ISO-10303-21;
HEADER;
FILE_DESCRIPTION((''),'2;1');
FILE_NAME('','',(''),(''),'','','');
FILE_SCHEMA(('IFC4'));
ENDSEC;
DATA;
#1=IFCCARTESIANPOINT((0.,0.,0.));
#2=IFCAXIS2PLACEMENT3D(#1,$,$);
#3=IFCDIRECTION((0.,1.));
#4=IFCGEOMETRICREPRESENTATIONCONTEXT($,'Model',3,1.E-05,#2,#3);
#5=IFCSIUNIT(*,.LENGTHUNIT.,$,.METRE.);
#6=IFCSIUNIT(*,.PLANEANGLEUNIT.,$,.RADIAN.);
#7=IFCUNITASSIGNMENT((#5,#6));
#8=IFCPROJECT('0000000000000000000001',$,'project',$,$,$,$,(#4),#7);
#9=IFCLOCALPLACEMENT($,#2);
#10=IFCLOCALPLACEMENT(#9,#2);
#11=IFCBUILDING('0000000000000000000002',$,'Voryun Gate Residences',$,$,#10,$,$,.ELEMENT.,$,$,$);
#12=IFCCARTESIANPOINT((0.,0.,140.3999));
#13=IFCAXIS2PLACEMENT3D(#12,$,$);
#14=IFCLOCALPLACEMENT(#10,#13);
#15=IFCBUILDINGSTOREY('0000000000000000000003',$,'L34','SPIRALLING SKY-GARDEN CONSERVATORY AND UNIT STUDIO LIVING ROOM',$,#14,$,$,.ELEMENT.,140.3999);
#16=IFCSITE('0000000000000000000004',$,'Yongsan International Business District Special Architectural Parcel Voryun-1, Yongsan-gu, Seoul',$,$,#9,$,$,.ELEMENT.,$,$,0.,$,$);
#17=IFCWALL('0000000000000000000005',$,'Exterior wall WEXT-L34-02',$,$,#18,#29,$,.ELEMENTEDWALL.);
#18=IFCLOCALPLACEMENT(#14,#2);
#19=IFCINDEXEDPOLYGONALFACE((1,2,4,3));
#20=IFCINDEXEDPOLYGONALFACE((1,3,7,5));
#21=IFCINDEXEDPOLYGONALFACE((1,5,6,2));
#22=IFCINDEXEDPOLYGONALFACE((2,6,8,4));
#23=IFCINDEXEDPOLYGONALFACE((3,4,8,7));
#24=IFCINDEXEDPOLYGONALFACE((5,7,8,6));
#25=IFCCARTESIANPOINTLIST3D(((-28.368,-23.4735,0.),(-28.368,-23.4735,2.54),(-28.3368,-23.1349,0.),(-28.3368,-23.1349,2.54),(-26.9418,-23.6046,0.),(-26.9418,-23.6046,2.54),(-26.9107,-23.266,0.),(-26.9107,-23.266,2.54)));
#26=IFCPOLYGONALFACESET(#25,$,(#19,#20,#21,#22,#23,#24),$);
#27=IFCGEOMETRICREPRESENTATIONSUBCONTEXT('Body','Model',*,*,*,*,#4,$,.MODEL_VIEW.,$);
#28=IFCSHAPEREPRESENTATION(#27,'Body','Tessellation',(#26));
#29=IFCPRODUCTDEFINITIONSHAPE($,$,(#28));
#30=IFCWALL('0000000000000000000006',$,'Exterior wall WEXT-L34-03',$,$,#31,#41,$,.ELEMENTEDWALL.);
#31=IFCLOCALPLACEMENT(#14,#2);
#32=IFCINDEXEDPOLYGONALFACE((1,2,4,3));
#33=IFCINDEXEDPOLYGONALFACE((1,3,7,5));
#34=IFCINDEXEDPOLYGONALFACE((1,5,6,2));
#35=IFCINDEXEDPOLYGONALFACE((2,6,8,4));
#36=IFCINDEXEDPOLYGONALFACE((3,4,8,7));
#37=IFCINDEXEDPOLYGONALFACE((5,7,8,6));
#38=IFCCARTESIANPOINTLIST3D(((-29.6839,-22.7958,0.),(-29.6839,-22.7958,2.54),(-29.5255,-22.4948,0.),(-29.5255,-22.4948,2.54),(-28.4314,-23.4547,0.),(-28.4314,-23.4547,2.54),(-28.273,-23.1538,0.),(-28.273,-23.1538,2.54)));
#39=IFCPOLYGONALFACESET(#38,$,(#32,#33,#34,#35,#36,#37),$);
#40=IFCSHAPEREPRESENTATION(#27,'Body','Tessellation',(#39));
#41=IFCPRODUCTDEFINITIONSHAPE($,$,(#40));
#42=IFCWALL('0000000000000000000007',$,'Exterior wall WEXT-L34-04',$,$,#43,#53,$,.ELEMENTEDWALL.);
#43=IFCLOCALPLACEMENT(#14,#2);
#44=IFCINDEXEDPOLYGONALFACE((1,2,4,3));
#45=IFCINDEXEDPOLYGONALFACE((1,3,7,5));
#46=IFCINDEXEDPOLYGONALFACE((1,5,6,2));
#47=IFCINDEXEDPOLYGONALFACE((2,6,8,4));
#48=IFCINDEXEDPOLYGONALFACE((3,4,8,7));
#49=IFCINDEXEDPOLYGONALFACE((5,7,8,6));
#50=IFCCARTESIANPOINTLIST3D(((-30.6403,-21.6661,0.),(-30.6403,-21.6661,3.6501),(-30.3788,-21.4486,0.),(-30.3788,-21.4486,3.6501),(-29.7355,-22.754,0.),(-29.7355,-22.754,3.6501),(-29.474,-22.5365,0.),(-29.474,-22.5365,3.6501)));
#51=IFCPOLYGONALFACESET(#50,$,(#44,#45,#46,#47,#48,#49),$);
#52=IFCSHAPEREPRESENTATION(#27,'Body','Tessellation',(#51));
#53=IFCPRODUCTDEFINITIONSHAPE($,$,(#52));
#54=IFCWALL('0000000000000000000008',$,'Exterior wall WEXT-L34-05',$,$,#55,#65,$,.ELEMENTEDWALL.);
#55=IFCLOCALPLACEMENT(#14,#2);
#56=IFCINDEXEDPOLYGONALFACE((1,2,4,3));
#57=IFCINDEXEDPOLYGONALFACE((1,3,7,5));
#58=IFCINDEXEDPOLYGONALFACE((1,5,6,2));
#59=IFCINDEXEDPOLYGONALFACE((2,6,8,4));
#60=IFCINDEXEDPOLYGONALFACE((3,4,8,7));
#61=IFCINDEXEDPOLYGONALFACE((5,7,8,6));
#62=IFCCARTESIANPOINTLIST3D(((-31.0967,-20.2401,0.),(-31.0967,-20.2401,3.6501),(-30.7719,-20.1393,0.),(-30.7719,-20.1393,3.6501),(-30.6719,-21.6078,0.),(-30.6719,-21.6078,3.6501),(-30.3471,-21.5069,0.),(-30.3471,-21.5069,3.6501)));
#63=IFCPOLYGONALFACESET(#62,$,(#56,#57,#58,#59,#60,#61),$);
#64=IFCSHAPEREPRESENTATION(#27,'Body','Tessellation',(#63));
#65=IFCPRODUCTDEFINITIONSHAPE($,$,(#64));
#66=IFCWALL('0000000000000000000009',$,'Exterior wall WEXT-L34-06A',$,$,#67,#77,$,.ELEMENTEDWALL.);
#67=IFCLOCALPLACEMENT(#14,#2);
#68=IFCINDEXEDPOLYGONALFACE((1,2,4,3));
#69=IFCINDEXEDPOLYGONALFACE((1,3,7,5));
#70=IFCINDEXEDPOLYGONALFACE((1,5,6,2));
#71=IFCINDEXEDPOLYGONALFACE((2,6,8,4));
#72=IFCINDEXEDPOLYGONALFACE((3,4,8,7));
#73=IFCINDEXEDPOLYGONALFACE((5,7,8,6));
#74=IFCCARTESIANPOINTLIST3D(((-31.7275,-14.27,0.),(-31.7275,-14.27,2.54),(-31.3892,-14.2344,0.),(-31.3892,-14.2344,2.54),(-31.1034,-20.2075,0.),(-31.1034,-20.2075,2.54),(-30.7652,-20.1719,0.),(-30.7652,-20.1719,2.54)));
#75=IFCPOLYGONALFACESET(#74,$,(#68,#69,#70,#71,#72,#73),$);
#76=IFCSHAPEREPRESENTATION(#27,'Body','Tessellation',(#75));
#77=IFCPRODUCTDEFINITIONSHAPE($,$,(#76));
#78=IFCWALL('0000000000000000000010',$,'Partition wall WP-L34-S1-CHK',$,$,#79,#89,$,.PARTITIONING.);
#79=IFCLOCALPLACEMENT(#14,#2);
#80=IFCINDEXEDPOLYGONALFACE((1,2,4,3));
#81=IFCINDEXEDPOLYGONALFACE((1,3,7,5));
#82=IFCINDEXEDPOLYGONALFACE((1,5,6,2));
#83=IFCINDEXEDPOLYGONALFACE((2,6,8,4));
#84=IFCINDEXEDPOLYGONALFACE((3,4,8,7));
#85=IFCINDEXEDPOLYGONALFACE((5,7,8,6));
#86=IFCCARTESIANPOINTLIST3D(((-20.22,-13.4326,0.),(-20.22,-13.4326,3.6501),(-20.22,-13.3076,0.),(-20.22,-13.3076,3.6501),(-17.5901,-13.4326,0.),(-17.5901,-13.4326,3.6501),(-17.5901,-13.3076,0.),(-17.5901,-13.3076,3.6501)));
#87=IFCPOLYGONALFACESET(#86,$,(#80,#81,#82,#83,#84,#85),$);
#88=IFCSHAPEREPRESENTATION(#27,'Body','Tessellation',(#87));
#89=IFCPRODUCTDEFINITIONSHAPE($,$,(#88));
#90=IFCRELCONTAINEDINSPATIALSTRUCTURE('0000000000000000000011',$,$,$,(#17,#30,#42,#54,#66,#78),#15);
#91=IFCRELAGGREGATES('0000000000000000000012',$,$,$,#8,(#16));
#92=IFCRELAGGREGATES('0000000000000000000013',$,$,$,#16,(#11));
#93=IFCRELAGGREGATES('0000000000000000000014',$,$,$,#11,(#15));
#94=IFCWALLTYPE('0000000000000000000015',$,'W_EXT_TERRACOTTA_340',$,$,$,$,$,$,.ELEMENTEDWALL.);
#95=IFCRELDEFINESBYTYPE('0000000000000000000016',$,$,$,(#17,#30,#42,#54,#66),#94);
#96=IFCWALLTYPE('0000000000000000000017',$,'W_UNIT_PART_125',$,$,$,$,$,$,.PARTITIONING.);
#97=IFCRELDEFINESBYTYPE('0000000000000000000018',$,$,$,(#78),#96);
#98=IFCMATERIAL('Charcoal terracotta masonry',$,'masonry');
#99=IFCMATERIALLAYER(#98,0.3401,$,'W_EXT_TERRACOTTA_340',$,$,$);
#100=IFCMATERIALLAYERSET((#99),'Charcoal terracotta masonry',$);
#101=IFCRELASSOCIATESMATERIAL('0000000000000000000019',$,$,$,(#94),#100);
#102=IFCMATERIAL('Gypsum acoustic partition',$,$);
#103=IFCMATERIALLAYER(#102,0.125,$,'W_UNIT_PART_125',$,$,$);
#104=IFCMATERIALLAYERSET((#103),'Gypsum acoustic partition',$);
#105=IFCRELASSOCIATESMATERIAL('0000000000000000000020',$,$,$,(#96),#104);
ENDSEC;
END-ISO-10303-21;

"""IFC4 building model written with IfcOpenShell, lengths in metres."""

from ifc_helpers import new_model, si_unit, direction, frame, frame_2d, origin, place, context, subcontext, project, spatial, rectangle, extrude, material, layer, layer_set, type_object, element, save


model = new_model("IFC4")

# Units and contexts
model_context = context("Model", 3, precision=1e-05, world=origin(), true_north=direction((0.0, 1.0)))
body_context = subcontext(model_context, "Body", "Model", "MODEL_VIEW")
ifc_project = project(units=[si_unit("LENGTHUNIT", "METRE"), si_unit("PLANEANGLEUNIT", "RADIAN")], contexts=[model_context])

# Site, building, storey
site_placement = place(None, origin())
site = spatial("IfcSite", under=ifc_project, at=site_placement, Name="Yongsan International Business District Special Architectural Parcel Voryun-1, Yongsan-gu, Seoul", CompositionType="ELEMENT", RefElevation=0.0)
building_placement = place(site_placement, origin())
building = spatial("IfcBuilding", under=site, at=building_placement, Name="Voryun Gate Residences", CompositionType="ELEMENT")
storey_placement = place(building_placement, frame((0.0, 0.0, 140.3999)))
storey = spatial("IfcBuildingStorey", under=building, at=storey_placement, Name="L34", Description="SPIRALLING SKY-GARDEN CONSERVATORY AND UNIT STUDIO LIVING ROOM", CompositionType="ELEMENT", Elevation=140.3999)

# Walls
ifc_material_1 = material(Name="Charcoal terracotta masonry", Category="masonry")
ifc_layer_1 = layer(ifc_material_1, 0.3401, Name="W_EXT_TERRACOTTA_340")
ifc_layer_set_1 = layer_set([ifc_layer_1], Name="Charcoal terracotta masonry")
wall_type_1 = type_object("IfcWallType", Name="W_EXT_TERRACOTTA_340", PredefinedType="ELEMENTEDWALL", material=ifc_layer_set_1)
wall_1_placement = place(storey_placement, frame((-26.9263, -23.4353, 0.0), z_axis=(0.0, 0.0, 1.0), x_axis=(-0.9958, 0.09155, 0.0)))
element("IfcWall", 1, at=wall_1_placement, inside=storey, type_object=wall_type_1, Name="Exterior wall WEXT-L34-02", PredefinedType="ELEMENTEDWALL", context=body_context, shape_type="SweptSolid", body=[
    extrude(rectangle(XDim=1.4321, YDim=0.3401, at=frame_2d((0.7161, 0.0))), origin(), (0.0, 0.0, 1.0), 2.54),
])
wall_2_placement = place(storey_placement, frame((-28.3523, -23.3042, 0.0), z_axis=(0.0, 0.0, 1.0), x_axis=(-0.884989, 0.465611, 0.0)))
element("IfcWall", 2, at=wall_2_placement, inside=storey, type_object=wall_type_1, Name="Exterior wall WEXT-L34-03", PredefinedType="ELEMENTEDWALL", context=body_context, shape_type="SweptSolid", body=[
    extrude(rectangle(XDim=1.4153, YDim=0.3401, at=frame_2d((0.7075, 0.0))), origin(), (0.0, 0.0, 1.0), 2.54),
])
wall_3_placement = place(storey_placement, frame((-29.6047, -22.6453, 0.0), z_axis=(0.0, 0.0, 1.0), x_axis=(-0.639437, 0.768843, 0.0)))
element("IfcWall", 3, at=wall_3_placement, inside=storey, type_object=wall_type_1, Name="Exterior wall WEXT-L34-04", PredefinedType="ELEMENTEDWALL", context=body_context, shape_type="SweptSolid", body=[
    extrude(rectangle(XDim=1.415, YDim=0.3401, at=frame_2d((0.7075, 0.0))), origin(), (0.0, 0.0, 1.0), 3.6501),
])
wall_4_placement = place(storey_placement, frame((-30.5095, -21.5574, 0.0), z_axis=(0.0, 0.0, 1.0), x_axis=(-0.296624, 0.954994, 0.0)))
element("IfcWall", 4, at=wall_4_placement, inside=storey, type_object=wall_type_1, Name="Exterior wall WEXT-L34-05", PredefinedType="ELEMENTEDWALL", context=body_context, shape_type="SweptSolid", body=[
    extrude(rectangle(XDim=1.4321, YDim=0.3401, at=frame_2d((0.7161, 0.0))), origin(), (0.0, 0.0, 1.0), 3.6501),
])
wall_5_placement = place(storey_placement, frame((-30.9343, -20.1897, 0.0), z_axis=(0.0, 0.0, 1.0), x_axis=(-0.104523, 0.994522, 0.0)))
element("IfcWall", 5, at=wall_5_placement, inside=storey, type_object=wall_type_1, Name="Exterior wall WEXT-L34-06A", PredefinedType="ELEMENTEDWALL", context=body_context, shape_type="SweptSolid", body=[
    extrude(rectangle(XDim=5.9702, YDim=0.3401, at=frame_2d((2.9851, 0.0))), origin(), (0.0, 0.0, 1.0), 2.54),
])
ifc_material_2 = material(Name="Gypsum acoustic partition")
ifc_layer_2 = layer(ifc_material_2, 0.125, Name="W_UNIT_PART_125")
ifc_layer_set_2 = layer_set([ifc_layer_2], Name="Gypsum acoustic partition")
wall_type_2 = type_object("IfcWallType", Name="W_UNIT_PART_125", PredefinedType="PARTITIONING", material=ifc_layer_set_2)
wall_6_placement = place(storey_placement, frame((-20.22, -13.3701, 0.0), z_axis=(0.0, 0.0, 1.0), x_axis=(1.0, 0.0, 0.0)))
element("IfcWall", 6, at=wall_6_placement, inside=storey, type_object=wall_type_2, Name="Partition wall WP-L34-S1-CHK", PredefinedType="PARTITIONING", context=body_context, shape_type="SweptSolid", body=[
    extrude(rectangle(XDim=2.6299, YDim=0.125, at=frame_2d((1.3149, 0.0))), origin(), (0.0, 0.0, 1.0), 3.6501),
])

save(model, "model.ifc")
